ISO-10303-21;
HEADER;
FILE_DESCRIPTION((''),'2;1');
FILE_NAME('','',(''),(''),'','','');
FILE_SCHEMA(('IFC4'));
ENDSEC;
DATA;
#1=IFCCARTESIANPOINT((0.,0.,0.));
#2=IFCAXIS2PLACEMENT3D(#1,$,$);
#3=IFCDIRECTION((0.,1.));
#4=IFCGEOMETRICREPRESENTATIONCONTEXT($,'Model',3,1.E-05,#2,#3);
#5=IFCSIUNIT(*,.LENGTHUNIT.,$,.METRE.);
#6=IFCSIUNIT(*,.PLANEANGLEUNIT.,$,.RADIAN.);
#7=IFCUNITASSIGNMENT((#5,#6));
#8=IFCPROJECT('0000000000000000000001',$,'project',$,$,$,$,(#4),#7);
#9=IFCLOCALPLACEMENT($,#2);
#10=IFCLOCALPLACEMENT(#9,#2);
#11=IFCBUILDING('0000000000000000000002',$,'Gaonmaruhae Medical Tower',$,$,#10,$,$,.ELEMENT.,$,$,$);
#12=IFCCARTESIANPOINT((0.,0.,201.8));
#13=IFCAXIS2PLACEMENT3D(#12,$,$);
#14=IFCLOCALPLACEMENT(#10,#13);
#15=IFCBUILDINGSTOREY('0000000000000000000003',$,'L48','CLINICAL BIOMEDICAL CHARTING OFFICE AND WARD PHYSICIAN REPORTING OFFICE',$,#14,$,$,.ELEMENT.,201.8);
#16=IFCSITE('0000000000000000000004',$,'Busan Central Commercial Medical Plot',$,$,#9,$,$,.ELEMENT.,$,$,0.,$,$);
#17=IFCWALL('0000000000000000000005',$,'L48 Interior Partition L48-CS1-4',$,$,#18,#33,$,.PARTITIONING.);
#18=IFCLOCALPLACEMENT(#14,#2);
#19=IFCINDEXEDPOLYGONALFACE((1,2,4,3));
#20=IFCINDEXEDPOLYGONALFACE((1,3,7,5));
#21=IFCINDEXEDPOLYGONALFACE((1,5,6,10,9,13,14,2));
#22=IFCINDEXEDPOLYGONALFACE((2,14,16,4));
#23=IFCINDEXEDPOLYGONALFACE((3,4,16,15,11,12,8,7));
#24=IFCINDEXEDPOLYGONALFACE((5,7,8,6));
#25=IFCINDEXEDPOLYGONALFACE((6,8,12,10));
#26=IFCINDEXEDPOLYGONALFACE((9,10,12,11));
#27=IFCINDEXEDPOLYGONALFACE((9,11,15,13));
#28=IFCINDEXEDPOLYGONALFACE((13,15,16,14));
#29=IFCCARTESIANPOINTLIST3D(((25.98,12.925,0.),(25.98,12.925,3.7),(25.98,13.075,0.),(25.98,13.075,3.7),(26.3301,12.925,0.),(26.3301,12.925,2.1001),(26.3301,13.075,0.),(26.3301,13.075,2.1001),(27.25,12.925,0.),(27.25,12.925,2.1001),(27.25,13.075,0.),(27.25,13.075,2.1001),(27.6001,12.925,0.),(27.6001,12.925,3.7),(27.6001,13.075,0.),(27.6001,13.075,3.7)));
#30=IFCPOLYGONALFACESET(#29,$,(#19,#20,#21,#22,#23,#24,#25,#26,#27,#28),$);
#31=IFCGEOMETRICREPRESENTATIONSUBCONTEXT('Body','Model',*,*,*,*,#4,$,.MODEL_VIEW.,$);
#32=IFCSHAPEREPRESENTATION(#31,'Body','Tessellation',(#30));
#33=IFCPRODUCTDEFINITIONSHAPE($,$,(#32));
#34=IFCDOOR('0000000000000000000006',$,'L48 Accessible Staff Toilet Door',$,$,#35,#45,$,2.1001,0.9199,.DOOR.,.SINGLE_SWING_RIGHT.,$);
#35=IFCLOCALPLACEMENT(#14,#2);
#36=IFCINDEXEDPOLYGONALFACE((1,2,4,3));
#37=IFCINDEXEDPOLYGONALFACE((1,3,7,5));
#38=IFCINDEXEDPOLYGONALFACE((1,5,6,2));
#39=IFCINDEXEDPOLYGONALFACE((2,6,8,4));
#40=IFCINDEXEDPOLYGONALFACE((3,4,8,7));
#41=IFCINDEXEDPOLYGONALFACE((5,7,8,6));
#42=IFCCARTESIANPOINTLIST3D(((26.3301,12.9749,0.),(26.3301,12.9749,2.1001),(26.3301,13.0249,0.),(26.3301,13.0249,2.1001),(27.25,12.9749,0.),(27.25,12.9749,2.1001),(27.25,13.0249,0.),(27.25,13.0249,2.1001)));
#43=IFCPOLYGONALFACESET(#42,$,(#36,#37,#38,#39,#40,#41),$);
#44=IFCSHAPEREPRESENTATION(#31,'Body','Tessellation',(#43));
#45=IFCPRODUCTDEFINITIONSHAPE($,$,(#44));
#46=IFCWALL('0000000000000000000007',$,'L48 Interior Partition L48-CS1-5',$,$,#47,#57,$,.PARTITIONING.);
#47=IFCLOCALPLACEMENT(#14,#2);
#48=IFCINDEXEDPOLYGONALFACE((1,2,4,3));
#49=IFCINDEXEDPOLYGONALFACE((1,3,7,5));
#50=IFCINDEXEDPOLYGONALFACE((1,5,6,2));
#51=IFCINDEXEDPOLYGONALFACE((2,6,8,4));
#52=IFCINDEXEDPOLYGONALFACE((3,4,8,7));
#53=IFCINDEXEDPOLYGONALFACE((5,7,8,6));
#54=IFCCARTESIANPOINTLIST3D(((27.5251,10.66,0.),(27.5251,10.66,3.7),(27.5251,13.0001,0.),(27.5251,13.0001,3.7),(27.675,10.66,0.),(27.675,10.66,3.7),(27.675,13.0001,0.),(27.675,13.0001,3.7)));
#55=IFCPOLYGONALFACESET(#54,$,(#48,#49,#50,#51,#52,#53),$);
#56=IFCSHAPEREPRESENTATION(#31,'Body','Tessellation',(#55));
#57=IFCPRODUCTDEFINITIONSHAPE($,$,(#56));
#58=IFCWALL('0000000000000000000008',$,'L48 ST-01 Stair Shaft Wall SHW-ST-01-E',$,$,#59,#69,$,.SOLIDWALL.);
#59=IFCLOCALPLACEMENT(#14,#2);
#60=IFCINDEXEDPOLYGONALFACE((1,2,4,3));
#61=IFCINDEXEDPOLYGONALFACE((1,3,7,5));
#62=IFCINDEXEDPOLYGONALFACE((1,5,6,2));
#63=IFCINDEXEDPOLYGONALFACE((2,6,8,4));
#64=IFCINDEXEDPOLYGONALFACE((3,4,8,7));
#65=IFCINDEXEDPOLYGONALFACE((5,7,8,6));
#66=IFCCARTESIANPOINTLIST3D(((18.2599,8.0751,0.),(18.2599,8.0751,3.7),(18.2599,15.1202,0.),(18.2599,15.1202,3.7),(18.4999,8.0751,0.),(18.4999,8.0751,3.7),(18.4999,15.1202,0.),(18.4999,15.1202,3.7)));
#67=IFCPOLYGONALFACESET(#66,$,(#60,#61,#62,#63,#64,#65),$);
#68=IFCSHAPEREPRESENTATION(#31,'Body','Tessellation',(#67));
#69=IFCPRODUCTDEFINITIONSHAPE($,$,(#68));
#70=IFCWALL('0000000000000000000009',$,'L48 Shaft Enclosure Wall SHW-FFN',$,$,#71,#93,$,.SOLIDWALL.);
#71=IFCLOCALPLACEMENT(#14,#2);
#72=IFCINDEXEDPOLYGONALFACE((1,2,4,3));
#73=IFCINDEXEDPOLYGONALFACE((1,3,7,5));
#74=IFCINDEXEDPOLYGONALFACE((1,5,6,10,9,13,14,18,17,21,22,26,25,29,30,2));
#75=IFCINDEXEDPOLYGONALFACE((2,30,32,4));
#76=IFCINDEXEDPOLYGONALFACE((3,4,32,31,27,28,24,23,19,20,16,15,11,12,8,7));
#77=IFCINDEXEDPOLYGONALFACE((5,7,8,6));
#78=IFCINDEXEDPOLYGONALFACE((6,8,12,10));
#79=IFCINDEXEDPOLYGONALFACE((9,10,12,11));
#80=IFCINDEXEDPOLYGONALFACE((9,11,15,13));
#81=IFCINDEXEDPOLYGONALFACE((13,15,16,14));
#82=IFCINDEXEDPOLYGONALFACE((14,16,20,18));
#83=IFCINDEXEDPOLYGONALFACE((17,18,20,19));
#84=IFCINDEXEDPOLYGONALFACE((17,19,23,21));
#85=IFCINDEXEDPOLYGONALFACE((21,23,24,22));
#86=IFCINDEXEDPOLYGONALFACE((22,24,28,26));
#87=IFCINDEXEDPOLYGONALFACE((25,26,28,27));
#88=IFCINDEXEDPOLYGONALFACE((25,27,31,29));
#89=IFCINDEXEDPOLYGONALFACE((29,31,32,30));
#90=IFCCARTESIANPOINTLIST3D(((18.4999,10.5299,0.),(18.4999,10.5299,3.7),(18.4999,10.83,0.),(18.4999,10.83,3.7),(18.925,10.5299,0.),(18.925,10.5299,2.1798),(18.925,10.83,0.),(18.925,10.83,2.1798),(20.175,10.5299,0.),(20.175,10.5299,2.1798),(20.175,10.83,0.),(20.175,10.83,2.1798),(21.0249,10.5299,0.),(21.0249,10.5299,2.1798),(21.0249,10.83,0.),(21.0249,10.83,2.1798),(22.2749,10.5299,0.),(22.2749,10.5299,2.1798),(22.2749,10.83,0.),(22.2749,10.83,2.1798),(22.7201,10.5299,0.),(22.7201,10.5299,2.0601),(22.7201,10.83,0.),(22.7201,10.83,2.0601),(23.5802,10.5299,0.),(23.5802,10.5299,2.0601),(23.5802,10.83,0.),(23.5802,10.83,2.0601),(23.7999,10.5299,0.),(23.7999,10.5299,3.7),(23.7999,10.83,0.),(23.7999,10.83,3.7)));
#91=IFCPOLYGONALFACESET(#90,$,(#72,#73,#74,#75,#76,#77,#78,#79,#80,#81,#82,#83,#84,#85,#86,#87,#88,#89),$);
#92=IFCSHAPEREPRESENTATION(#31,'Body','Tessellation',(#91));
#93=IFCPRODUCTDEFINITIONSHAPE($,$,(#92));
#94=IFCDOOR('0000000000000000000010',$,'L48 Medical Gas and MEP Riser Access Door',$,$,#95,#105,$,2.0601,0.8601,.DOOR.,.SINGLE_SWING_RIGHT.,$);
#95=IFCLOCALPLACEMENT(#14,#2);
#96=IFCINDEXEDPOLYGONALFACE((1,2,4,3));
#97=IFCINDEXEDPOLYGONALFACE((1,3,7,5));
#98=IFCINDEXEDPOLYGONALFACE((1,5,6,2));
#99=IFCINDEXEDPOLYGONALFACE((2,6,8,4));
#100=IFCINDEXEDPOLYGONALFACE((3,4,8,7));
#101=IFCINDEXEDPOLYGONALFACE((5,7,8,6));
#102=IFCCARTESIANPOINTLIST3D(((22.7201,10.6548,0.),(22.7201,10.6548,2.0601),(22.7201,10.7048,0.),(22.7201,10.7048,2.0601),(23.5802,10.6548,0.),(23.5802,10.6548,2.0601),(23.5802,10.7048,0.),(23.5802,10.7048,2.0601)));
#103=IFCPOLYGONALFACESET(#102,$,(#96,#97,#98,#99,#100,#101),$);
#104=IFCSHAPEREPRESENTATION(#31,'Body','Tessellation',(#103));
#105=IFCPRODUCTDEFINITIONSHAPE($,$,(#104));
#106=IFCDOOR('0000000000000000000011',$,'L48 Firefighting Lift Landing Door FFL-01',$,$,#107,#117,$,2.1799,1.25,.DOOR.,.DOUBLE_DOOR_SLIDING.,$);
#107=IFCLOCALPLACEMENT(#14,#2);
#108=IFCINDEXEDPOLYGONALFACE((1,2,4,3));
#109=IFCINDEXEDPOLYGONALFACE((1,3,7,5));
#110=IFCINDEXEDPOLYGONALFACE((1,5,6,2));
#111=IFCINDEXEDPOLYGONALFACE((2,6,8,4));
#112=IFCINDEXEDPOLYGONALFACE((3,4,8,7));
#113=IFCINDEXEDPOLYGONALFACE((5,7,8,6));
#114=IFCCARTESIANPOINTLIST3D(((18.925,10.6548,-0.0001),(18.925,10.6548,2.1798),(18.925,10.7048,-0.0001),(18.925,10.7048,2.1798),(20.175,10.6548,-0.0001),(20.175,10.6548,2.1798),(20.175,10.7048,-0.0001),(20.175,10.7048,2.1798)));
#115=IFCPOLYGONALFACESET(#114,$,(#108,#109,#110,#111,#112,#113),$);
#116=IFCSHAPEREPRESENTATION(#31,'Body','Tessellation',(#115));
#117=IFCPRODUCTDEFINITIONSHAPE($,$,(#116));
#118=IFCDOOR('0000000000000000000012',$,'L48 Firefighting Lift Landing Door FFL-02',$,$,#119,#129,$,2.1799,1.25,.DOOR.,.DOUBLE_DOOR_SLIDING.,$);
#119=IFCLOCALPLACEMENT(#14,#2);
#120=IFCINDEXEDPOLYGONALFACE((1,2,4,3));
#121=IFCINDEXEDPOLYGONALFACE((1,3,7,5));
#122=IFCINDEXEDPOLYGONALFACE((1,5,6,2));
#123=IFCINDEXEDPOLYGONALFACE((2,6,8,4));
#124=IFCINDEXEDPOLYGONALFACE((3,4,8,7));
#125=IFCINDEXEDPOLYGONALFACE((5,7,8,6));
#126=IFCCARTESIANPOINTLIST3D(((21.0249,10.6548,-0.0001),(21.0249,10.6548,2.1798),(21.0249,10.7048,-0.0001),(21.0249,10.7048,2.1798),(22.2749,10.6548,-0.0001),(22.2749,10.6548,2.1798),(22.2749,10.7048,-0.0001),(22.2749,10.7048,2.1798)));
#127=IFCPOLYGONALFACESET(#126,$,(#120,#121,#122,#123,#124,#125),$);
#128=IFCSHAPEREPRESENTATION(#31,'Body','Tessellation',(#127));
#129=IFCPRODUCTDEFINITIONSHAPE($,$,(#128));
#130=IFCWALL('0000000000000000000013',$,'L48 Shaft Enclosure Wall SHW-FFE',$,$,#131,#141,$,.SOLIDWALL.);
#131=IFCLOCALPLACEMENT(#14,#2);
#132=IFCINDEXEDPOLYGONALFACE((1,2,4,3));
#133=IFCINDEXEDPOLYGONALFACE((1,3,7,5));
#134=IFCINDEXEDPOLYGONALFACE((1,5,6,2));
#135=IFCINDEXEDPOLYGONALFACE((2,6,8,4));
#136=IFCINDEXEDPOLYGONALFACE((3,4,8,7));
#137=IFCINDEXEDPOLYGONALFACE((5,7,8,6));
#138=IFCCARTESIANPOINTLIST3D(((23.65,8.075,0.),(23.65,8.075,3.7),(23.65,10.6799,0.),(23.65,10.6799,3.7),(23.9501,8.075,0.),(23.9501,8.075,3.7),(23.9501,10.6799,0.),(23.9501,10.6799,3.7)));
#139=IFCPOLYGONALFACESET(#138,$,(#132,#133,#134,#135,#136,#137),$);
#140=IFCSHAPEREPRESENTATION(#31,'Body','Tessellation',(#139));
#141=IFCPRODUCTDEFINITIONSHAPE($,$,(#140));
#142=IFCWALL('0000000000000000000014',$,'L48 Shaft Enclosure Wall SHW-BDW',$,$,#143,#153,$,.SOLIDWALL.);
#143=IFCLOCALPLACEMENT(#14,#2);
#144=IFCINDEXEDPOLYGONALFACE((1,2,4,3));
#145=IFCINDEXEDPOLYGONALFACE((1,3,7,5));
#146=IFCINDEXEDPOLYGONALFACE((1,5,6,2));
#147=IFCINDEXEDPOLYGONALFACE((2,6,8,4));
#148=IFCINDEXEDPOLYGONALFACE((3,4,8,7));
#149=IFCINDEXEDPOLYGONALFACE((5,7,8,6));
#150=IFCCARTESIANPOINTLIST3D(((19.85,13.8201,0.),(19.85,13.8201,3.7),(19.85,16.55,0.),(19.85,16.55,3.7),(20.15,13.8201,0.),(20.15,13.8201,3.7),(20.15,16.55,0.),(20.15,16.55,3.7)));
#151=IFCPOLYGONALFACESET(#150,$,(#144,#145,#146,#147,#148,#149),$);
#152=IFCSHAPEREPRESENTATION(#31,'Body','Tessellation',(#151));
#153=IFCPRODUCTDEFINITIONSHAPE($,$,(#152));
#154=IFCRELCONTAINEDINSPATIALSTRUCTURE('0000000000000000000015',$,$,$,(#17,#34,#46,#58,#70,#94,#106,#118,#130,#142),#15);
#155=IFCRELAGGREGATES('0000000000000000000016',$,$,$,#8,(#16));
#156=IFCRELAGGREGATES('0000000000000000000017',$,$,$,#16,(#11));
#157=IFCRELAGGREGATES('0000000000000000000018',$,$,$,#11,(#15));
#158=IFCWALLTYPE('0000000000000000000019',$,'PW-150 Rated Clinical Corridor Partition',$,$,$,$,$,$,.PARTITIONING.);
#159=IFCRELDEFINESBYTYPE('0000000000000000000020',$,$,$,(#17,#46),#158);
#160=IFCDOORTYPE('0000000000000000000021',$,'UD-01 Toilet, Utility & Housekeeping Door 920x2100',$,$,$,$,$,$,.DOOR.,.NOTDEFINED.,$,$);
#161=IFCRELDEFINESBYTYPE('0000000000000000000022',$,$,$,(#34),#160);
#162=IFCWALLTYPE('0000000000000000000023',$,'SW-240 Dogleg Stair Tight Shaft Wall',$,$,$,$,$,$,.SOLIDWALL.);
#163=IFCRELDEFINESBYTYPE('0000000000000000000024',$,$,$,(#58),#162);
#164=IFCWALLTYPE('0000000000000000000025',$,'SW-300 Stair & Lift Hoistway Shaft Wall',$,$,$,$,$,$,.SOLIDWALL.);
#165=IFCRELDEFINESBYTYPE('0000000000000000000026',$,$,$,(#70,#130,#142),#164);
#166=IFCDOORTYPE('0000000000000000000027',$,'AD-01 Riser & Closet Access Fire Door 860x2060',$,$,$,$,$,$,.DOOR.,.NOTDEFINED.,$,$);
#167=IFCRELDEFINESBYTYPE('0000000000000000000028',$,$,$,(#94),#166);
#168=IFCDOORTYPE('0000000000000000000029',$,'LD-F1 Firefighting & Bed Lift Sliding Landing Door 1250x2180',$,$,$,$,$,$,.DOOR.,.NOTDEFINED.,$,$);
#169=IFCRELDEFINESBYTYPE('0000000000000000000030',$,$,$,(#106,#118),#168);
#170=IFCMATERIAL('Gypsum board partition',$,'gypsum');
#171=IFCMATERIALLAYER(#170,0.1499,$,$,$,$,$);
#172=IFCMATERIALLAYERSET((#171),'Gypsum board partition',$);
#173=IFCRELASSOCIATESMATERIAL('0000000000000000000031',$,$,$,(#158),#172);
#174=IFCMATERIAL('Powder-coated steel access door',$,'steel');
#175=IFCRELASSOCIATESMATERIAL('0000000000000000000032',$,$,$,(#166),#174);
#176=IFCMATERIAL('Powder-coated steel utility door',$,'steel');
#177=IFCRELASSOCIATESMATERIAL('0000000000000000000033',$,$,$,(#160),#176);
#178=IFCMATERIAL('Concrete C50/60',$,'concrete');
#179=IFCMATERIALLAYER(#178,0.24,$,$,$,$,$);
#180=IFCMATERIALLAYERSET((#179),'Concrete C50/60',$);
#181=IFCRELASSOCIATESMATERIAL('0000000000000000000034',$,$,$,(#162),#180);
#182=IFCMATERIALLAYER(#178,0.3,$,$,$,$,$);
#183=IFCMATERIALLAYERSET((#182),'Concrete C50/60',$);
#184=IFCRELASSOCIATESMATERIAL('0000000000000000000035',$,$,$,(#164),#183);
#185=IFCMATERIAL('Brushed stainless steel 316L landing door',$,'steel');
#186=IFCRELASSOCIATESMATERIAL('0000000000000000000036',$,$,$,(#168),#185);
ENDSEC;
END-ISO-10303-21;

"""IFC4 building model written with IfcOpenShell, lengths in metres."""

from ifc_helpers import new_model, si_unit, direction, frame, frame_2d, origin, place, context, subcontext, project, spatial, rectangle, extrude, material, layer, layer_set, type_object, element, fill, save


model = new_model("IFC4")

# Units and contexts
model_context = context("Model", 3, precision=1e-05, world=origin(), true_north=direction((0.0, 1.0)))
body_context = subcontext(model_context, "Body", "Model", "MODEL_VIEW")
ifc_project = project(units=[si_unit("LENGTHUNIT", "METRE"), si_unit("PLANEANGLEUNIT", "RADIAN")], contexts=[model_context])

# Site, building, storey
site_placement = place(None, origin())
site = spatial("IfcSite", under=ifc_project, at=site_placement, Name="Busan Central Commercial Medical Plot", CompositionType="ELEMENT", RefElevation=0.0)
building_placement = place(site_placement, origin())
building = spatial("IfcBuilding", under=site, at=building_placement, Name="Gaonmaruhae Medical Tower", CompositionType="ELEMENT")
storey_placement = place(building_placement, frame((0.0, 0.0, 201.8)))
storey = spatial("IfcBuildingStorey", under=building, at=storey_placement, Name="L48", Description="CLINICAL BIOMEDICAL CHARTING OFFICE AND WARD PHYSICIAN REPORTING OFFICE", CompositionType="ELEMENT", Elevation=201.8)

# Shared definitions
ifc_material_1 = material(Name="Concrete C50/60", Category="concrete")

# Shared definitions
ifc_material_2 = material(Name="Gypsum board partition", Category="gypsum")
ifc_layer_1 = layer(ifc_material_2, 0.1499)
ifc_layer_set_1 = layer_set([ifc_layer_1], Name="Gypsum board partition")
wall_type_1 = type_object("IfcWallType", Name="PW-150 Rated Clinical Corridor Partition", PredefinedType="PARTITIONING", material=ifc_layer_set_1)
ifc_material_3 = material(Name="Powder-coated steel access door", Category="steel")
door_type_1 = type_object("IfcDoorType", Name="AD-01 Riser & Closet Access Fire Door 860x2060", OperationType="NOTDEFINED", PredefinedType="DOOR", material=ifc_material_3)

# Wall, opening, door
wall_1_placement = place(storey_placement, frame((25.98, 13.0, 0.0), z_axis=(0.0, 0.0, 1.0), x_axis=(1.0, 0.0, 0.0)))
wall_1 = element("IfcWall", 1, at=wall_1_placement, inside=storey, type_object=wall_type_1, Name="L48 Interior Partition L48-CS1-4", PredefinedType="PARTITIONING", context=body_context, shape_type="SweptSolid", body=[
    extrude(rectangle(XDim=1.6201, YDim=0.1499, at=frame_2d((0.8101, 0.0))), origin(), (0.0, 0.0, 1.0), 3.7),
])
opening_1_placement = place(wall_1_placement, frame((0.3501, 0.0, 0.0)))
opening_1 = element("IfcOpeningElement", 2, at=opening_1_placement, cuts=wall_1, PredefinedType="OPENING", context=body_context, shape_type="SweptSolid", body=[
    extrude(rectangle(XDim=0.9199, YDim=2.1001, at=frame_2d((0.46, 1.05))), frame((0.0, 0.085, 0.0), z_axis=(0.0, -1.0, 0.0), x_axis=(1.0, 0.0, 0.0)), (0.0, 0.0, 1.0), 0.1699),
])
ifc_material_4 = material(Name="Powder-coated steel utility door", Category="steel")
door_type_2 = type_object("IfcDoorType", Name="UD-01 Toilet, Utility & Housekeeping Door 920x2100", OperationType="NOTDEFINED", PredefinedType="DOOR", material=ifc_material_4)
door_1_placement = place(opening_1_placement, origin())
door_1 = element("IfcDoor", 3, at=door_1_placement, inside=storey, type_object=door_type_2, Name="L48 Accessible Staff Toilet Door", OperationType="SINGLE_SWING_RIGHT", OverallHeight=2.1001, OverallWidth=0.9199, PredefinedType="DOOR", context=body_context, shape_type="SweptSolid", body=[
    extrude(rectangle(XDim=0.9199, YDim=2.1001, at=frame_2d((0.46, 1.05))), frame((0.0, 0.0249, 0.0), z_axis=(0.0, -1.0, 0.0), x_axis=(1.0, 0.0, 0.0)), (0.0, 0.0, 1.0), 0.05),
])
fill(opening_1, door_1)

# Walls
wall_2_placement = place(storey_placement, frame((27.6001, 13.0, 0.0), z_axis=(0.0, 0.0, 1.0), x_axis=(0.0, -1.0, 0.0)))
element("IfcWall", 4, at=wall_2_placement, inside=storey, type_object=wall_type_1, Name="L48 Interior Partition L48-CS1-5", PredefinedType="PARTITIONING", context=body_context, shape_type="SweptSolid", body=[
    extrude(rectangle(XDim=2.3401, YDim=0.1499, at=frame_2d((1.1699, 0.0))), origin(), (0.0, 0.0, 1.0), 3.7),
])
ifc_layer_2 = layer(ifc_material_1, 0.24)
ifc_layer_set_2 = layer_set([ifc_layer_2], Name="Concrete C50/60")
wall_type_2 = type_object("IfcWallType", Name="SW-240 Dogleg Stair Tight Shaft Wall", PredefinedType="SOLIDWALL", material=ifc_layer_set_2)
wall_3_placement = place(storey_placement, frame((18.3799, 15.1201, 0.0), z_axis=(0.0, 0.0, 1.0), x_axis=(0.0, -1.0, 0.0)))
element("IfcWall", 5, at=wall_3_placement, inside=storey, type_object=wall_type_2, Name="L48 ST-01 Stair Shaft Wall SHW-ST-01-E", PredefinedType="SOLIDWALL", context=body_context, shape_type="SweptSolid", body=[
    extrude(rectangle(XDim=7.0452, YDim=0.24, at=frame_2d((3.5225, 0.0))), origin(), (0.0, 0.0, 1.0), 3.7),
])

# Wall, openings, doors
ifc_layer_3 = layer(ifc_material_1, 0.3)
ifc_layer_set_3 = layer_set([ifc_layer_3], Name="Concrete C50/60")
wall_type_3 = type_object("IfcWallType", Name="SW-300 Stair & Lift Hoistway Shaft Wall", PredefinedType="SOLIDWALL", material=ifc_layer_set_3)
ifc_material_5 = material(Name="Brushed stainless steel 316L landing door", Category="steel")
door_type_3 = type_object("IfcDoorType", Name="LD-F1 Firefighting & Bed Lift Sliding Landing Door 1250x2180", OperationType="NOTDEFINED", PredefinedType="DOOR", material=ifc_material_5)
wall_4_placement = place(storey_placement, frame((18.5, 10.6799, 0.0), z_axis=(0.0, 0.0, 1.0), x_axis=(1.0, 0.0, 0.0)))
wall_4 = element("IfcWall", 6, at=wall_4_placement, inside=storey, type_object=wall_type_3, Name="L48 Shaft Enclosure Wall SHW-FFN", PredefinedType="SOLIDWALL", context=body_context, shape_type="SweptSolid", body=[
    extrude(rectangle(XDim=5.3, YDim=0.3, at=frame_2d((2.6499, 0.0))), origin(), (0.0, 0.0, 1.0), 3.7),
])
opening_2_placement = place(wall_4_placement, frame((4.22, 0.0, 0.0)))
opening_2 = element("IfcOpeningElement", 7, at=opening_2_placement, cuts=wall_4, PredefinedType="OPENING", context=body_context, shape_type="SweptSolid", body=[
    extrude(rectangle(XDim=0.8601, YDim=2.0601, at=frame_2d((0.4302, 1.03))), frame((0.0, 0.1602, 0.0), z_axis=(0.0, -1.0, 0.0), x_axis=(1.0, 0.0, 0.0)), (0.0, 0.0, 1.0), 0.3201),
])
opening_3_placement = place(wall_4_placement, frame((0.425, 0.0, 0.0)))
opening_3 = element("IfcOpeningElement", 8, at=opening_3_placement, cuts=wall_4, PredefinedType="OPENING", context=body_context, shape_type="SweptSolid", body=[
    extrude(rectangle(XDim=1.25, YDim=2.1799, at=frame_2d((0.625, 1.0898))), frame((0.0, 0.1602, 0.0), z_axis=(0.0, -1.0, 0.0), x_axis=(1.0, 0.0, 0.0)), (0.0, 0.0, 1.0), 0.3201),
])
opening_4_placement = place(wall_4_placement, frame((2.5249, 0.0, 0.0)))
opening_4 = element("IfcOpeningElement", 9, at=opening_4_placement, cuts=wall_4, PredefinedType="OPENING", context=body_context, shape_type="SweptSolid", body=[
    extrude(rectangle(XDim=1.25, YDim=2.1799, at=frame_2d((0.625, 1.0898))), frame((0.0, 0.1602, 0.0), z_axis=(0.0, -1.0, 0.0), x_axis=(1.0, 0.0, 0.0)), (0.0, 0.0, 1.0), 0.3201),
])
door_2_placement = place(opening_2_placement, origin())
door_2 = element("IfcDoor", 10, at=door_2_placement, inside=storey, type_object=door_type_1, Name="L48 Medical Gas and MEP Riser Access Door", OperationType="SINGLE_SWING_RIGHT", OverallHeight=2.0601, OverallWidth=0.8601, PredefinedType="DOOR", context=body_context, shape_type="SweptSolid", body=[
    extrude(rectangle(XDim=0.8601, YDim=2.0601, at=frame_2d((0.4302, 1.03))), frame((0.0, 0.0249, 0.0), z_axis=(0.0, -1.0, 0.0), x_axis=(1.0, 0.0, 0.0)), (0.0, 0.0, 1.0), 0.05),
])
fill(opening_2, door_2)
door_3_placement = place(opening_3_placement, origin())
door_3 = element("IfcDoor", 11, at=door_3_placement, inside=storey, type_object=door_type_3, Name="L48 Firefighting Lift Landing Door FFL-01", OperationType="DOUBLE_DOOR_SLIDING", OverallHeight=2.1799, OverallWidth=1.25, PredefinedType="DOOR", context=body_context, shape_type="SweptSolid", body=[
    extrude(rectangle(XDim=1.25, YDim=2.1799, at=frame_2d((0.625, 1.0898))), frame((0.0, 0.0249, 0.0), z_axis=(0.0, -1.0, 0.0), x_axis=(1.0, 0.0, 0.0)), (0.0, 0.0, 1.0), 0.05),
])
fill(opening_3, door_3)
door_4_placement = place(opening_4_placement, origin())
door_4 = element("IfcDoor", 12, at=door_4_placement, inside=storey, type_object=door_type_3, Name="L48 Firefighting Lift Landing Door FFL-02", OperationType="DOUBLE_DOOR_SLIDING", OverallHeight=2.1799, OverallWidth=1.25, PredefinedType="DOOR", context=body_context, shape_type="SweptSolid", body=[
    extrude(rectangle(XDim=1.25, YDim=2.1799, at=frame_2d((0.625, 1.0898))), frame((0.0, 0.0249, 0.0), z_axis=(0.0, -1.0, 0.0), x_axis=(1.0, 0.0, 0.0)), (0.0, 0.0, 1.0), 0.05),
])
fill(opening_4, door_4)

# Walls
wall_5_placement = place(storey_placement, frame((23.8, 8.075, 0.0), z_axis=(0.0, 0.0, 1.0), x_axis=(0.0, 1.0, 0.0)))
element("IfcWall", 13, at=wall_5_placement, inside=storey, type_object=wall_type_3, Name="L48 Shaft Enclosure Wall SHW-FFE", PredefinedType="SOLIDWALL", context=body_context, shape_type="SweptSolid", body=[
    extrude(rectangle(XDim=2.605, YDim=0.3, at=frame_2d((1.3025, 0.0))), origin(), (0.0, 0.0, 1.0), 3.7),
])
wall_6_placement = place(storey_placement, frame((20.0, 13.8201, 0.0), z_axis=(0.0, 0.0, 1.0), x_axis=(0.0, 1.0, 0.0)))
element("IfcWall", 14, at=wall_6_placement, inside=storey, type_object=wall_type_3, Name="L48 Shaft Enclosure Wall SHW-BDW", PredefinedType="SOLIDWALL", context=body_context, shape_type="SweptSolid", body=[
    extrude(rectangle(XDim=2.73, YDim=0.3, at=frame_2d((1.365, 0.0))), origin(), (0.0, 0.0, 1.0), 3.7),
])

save(model, "model.ifc")
